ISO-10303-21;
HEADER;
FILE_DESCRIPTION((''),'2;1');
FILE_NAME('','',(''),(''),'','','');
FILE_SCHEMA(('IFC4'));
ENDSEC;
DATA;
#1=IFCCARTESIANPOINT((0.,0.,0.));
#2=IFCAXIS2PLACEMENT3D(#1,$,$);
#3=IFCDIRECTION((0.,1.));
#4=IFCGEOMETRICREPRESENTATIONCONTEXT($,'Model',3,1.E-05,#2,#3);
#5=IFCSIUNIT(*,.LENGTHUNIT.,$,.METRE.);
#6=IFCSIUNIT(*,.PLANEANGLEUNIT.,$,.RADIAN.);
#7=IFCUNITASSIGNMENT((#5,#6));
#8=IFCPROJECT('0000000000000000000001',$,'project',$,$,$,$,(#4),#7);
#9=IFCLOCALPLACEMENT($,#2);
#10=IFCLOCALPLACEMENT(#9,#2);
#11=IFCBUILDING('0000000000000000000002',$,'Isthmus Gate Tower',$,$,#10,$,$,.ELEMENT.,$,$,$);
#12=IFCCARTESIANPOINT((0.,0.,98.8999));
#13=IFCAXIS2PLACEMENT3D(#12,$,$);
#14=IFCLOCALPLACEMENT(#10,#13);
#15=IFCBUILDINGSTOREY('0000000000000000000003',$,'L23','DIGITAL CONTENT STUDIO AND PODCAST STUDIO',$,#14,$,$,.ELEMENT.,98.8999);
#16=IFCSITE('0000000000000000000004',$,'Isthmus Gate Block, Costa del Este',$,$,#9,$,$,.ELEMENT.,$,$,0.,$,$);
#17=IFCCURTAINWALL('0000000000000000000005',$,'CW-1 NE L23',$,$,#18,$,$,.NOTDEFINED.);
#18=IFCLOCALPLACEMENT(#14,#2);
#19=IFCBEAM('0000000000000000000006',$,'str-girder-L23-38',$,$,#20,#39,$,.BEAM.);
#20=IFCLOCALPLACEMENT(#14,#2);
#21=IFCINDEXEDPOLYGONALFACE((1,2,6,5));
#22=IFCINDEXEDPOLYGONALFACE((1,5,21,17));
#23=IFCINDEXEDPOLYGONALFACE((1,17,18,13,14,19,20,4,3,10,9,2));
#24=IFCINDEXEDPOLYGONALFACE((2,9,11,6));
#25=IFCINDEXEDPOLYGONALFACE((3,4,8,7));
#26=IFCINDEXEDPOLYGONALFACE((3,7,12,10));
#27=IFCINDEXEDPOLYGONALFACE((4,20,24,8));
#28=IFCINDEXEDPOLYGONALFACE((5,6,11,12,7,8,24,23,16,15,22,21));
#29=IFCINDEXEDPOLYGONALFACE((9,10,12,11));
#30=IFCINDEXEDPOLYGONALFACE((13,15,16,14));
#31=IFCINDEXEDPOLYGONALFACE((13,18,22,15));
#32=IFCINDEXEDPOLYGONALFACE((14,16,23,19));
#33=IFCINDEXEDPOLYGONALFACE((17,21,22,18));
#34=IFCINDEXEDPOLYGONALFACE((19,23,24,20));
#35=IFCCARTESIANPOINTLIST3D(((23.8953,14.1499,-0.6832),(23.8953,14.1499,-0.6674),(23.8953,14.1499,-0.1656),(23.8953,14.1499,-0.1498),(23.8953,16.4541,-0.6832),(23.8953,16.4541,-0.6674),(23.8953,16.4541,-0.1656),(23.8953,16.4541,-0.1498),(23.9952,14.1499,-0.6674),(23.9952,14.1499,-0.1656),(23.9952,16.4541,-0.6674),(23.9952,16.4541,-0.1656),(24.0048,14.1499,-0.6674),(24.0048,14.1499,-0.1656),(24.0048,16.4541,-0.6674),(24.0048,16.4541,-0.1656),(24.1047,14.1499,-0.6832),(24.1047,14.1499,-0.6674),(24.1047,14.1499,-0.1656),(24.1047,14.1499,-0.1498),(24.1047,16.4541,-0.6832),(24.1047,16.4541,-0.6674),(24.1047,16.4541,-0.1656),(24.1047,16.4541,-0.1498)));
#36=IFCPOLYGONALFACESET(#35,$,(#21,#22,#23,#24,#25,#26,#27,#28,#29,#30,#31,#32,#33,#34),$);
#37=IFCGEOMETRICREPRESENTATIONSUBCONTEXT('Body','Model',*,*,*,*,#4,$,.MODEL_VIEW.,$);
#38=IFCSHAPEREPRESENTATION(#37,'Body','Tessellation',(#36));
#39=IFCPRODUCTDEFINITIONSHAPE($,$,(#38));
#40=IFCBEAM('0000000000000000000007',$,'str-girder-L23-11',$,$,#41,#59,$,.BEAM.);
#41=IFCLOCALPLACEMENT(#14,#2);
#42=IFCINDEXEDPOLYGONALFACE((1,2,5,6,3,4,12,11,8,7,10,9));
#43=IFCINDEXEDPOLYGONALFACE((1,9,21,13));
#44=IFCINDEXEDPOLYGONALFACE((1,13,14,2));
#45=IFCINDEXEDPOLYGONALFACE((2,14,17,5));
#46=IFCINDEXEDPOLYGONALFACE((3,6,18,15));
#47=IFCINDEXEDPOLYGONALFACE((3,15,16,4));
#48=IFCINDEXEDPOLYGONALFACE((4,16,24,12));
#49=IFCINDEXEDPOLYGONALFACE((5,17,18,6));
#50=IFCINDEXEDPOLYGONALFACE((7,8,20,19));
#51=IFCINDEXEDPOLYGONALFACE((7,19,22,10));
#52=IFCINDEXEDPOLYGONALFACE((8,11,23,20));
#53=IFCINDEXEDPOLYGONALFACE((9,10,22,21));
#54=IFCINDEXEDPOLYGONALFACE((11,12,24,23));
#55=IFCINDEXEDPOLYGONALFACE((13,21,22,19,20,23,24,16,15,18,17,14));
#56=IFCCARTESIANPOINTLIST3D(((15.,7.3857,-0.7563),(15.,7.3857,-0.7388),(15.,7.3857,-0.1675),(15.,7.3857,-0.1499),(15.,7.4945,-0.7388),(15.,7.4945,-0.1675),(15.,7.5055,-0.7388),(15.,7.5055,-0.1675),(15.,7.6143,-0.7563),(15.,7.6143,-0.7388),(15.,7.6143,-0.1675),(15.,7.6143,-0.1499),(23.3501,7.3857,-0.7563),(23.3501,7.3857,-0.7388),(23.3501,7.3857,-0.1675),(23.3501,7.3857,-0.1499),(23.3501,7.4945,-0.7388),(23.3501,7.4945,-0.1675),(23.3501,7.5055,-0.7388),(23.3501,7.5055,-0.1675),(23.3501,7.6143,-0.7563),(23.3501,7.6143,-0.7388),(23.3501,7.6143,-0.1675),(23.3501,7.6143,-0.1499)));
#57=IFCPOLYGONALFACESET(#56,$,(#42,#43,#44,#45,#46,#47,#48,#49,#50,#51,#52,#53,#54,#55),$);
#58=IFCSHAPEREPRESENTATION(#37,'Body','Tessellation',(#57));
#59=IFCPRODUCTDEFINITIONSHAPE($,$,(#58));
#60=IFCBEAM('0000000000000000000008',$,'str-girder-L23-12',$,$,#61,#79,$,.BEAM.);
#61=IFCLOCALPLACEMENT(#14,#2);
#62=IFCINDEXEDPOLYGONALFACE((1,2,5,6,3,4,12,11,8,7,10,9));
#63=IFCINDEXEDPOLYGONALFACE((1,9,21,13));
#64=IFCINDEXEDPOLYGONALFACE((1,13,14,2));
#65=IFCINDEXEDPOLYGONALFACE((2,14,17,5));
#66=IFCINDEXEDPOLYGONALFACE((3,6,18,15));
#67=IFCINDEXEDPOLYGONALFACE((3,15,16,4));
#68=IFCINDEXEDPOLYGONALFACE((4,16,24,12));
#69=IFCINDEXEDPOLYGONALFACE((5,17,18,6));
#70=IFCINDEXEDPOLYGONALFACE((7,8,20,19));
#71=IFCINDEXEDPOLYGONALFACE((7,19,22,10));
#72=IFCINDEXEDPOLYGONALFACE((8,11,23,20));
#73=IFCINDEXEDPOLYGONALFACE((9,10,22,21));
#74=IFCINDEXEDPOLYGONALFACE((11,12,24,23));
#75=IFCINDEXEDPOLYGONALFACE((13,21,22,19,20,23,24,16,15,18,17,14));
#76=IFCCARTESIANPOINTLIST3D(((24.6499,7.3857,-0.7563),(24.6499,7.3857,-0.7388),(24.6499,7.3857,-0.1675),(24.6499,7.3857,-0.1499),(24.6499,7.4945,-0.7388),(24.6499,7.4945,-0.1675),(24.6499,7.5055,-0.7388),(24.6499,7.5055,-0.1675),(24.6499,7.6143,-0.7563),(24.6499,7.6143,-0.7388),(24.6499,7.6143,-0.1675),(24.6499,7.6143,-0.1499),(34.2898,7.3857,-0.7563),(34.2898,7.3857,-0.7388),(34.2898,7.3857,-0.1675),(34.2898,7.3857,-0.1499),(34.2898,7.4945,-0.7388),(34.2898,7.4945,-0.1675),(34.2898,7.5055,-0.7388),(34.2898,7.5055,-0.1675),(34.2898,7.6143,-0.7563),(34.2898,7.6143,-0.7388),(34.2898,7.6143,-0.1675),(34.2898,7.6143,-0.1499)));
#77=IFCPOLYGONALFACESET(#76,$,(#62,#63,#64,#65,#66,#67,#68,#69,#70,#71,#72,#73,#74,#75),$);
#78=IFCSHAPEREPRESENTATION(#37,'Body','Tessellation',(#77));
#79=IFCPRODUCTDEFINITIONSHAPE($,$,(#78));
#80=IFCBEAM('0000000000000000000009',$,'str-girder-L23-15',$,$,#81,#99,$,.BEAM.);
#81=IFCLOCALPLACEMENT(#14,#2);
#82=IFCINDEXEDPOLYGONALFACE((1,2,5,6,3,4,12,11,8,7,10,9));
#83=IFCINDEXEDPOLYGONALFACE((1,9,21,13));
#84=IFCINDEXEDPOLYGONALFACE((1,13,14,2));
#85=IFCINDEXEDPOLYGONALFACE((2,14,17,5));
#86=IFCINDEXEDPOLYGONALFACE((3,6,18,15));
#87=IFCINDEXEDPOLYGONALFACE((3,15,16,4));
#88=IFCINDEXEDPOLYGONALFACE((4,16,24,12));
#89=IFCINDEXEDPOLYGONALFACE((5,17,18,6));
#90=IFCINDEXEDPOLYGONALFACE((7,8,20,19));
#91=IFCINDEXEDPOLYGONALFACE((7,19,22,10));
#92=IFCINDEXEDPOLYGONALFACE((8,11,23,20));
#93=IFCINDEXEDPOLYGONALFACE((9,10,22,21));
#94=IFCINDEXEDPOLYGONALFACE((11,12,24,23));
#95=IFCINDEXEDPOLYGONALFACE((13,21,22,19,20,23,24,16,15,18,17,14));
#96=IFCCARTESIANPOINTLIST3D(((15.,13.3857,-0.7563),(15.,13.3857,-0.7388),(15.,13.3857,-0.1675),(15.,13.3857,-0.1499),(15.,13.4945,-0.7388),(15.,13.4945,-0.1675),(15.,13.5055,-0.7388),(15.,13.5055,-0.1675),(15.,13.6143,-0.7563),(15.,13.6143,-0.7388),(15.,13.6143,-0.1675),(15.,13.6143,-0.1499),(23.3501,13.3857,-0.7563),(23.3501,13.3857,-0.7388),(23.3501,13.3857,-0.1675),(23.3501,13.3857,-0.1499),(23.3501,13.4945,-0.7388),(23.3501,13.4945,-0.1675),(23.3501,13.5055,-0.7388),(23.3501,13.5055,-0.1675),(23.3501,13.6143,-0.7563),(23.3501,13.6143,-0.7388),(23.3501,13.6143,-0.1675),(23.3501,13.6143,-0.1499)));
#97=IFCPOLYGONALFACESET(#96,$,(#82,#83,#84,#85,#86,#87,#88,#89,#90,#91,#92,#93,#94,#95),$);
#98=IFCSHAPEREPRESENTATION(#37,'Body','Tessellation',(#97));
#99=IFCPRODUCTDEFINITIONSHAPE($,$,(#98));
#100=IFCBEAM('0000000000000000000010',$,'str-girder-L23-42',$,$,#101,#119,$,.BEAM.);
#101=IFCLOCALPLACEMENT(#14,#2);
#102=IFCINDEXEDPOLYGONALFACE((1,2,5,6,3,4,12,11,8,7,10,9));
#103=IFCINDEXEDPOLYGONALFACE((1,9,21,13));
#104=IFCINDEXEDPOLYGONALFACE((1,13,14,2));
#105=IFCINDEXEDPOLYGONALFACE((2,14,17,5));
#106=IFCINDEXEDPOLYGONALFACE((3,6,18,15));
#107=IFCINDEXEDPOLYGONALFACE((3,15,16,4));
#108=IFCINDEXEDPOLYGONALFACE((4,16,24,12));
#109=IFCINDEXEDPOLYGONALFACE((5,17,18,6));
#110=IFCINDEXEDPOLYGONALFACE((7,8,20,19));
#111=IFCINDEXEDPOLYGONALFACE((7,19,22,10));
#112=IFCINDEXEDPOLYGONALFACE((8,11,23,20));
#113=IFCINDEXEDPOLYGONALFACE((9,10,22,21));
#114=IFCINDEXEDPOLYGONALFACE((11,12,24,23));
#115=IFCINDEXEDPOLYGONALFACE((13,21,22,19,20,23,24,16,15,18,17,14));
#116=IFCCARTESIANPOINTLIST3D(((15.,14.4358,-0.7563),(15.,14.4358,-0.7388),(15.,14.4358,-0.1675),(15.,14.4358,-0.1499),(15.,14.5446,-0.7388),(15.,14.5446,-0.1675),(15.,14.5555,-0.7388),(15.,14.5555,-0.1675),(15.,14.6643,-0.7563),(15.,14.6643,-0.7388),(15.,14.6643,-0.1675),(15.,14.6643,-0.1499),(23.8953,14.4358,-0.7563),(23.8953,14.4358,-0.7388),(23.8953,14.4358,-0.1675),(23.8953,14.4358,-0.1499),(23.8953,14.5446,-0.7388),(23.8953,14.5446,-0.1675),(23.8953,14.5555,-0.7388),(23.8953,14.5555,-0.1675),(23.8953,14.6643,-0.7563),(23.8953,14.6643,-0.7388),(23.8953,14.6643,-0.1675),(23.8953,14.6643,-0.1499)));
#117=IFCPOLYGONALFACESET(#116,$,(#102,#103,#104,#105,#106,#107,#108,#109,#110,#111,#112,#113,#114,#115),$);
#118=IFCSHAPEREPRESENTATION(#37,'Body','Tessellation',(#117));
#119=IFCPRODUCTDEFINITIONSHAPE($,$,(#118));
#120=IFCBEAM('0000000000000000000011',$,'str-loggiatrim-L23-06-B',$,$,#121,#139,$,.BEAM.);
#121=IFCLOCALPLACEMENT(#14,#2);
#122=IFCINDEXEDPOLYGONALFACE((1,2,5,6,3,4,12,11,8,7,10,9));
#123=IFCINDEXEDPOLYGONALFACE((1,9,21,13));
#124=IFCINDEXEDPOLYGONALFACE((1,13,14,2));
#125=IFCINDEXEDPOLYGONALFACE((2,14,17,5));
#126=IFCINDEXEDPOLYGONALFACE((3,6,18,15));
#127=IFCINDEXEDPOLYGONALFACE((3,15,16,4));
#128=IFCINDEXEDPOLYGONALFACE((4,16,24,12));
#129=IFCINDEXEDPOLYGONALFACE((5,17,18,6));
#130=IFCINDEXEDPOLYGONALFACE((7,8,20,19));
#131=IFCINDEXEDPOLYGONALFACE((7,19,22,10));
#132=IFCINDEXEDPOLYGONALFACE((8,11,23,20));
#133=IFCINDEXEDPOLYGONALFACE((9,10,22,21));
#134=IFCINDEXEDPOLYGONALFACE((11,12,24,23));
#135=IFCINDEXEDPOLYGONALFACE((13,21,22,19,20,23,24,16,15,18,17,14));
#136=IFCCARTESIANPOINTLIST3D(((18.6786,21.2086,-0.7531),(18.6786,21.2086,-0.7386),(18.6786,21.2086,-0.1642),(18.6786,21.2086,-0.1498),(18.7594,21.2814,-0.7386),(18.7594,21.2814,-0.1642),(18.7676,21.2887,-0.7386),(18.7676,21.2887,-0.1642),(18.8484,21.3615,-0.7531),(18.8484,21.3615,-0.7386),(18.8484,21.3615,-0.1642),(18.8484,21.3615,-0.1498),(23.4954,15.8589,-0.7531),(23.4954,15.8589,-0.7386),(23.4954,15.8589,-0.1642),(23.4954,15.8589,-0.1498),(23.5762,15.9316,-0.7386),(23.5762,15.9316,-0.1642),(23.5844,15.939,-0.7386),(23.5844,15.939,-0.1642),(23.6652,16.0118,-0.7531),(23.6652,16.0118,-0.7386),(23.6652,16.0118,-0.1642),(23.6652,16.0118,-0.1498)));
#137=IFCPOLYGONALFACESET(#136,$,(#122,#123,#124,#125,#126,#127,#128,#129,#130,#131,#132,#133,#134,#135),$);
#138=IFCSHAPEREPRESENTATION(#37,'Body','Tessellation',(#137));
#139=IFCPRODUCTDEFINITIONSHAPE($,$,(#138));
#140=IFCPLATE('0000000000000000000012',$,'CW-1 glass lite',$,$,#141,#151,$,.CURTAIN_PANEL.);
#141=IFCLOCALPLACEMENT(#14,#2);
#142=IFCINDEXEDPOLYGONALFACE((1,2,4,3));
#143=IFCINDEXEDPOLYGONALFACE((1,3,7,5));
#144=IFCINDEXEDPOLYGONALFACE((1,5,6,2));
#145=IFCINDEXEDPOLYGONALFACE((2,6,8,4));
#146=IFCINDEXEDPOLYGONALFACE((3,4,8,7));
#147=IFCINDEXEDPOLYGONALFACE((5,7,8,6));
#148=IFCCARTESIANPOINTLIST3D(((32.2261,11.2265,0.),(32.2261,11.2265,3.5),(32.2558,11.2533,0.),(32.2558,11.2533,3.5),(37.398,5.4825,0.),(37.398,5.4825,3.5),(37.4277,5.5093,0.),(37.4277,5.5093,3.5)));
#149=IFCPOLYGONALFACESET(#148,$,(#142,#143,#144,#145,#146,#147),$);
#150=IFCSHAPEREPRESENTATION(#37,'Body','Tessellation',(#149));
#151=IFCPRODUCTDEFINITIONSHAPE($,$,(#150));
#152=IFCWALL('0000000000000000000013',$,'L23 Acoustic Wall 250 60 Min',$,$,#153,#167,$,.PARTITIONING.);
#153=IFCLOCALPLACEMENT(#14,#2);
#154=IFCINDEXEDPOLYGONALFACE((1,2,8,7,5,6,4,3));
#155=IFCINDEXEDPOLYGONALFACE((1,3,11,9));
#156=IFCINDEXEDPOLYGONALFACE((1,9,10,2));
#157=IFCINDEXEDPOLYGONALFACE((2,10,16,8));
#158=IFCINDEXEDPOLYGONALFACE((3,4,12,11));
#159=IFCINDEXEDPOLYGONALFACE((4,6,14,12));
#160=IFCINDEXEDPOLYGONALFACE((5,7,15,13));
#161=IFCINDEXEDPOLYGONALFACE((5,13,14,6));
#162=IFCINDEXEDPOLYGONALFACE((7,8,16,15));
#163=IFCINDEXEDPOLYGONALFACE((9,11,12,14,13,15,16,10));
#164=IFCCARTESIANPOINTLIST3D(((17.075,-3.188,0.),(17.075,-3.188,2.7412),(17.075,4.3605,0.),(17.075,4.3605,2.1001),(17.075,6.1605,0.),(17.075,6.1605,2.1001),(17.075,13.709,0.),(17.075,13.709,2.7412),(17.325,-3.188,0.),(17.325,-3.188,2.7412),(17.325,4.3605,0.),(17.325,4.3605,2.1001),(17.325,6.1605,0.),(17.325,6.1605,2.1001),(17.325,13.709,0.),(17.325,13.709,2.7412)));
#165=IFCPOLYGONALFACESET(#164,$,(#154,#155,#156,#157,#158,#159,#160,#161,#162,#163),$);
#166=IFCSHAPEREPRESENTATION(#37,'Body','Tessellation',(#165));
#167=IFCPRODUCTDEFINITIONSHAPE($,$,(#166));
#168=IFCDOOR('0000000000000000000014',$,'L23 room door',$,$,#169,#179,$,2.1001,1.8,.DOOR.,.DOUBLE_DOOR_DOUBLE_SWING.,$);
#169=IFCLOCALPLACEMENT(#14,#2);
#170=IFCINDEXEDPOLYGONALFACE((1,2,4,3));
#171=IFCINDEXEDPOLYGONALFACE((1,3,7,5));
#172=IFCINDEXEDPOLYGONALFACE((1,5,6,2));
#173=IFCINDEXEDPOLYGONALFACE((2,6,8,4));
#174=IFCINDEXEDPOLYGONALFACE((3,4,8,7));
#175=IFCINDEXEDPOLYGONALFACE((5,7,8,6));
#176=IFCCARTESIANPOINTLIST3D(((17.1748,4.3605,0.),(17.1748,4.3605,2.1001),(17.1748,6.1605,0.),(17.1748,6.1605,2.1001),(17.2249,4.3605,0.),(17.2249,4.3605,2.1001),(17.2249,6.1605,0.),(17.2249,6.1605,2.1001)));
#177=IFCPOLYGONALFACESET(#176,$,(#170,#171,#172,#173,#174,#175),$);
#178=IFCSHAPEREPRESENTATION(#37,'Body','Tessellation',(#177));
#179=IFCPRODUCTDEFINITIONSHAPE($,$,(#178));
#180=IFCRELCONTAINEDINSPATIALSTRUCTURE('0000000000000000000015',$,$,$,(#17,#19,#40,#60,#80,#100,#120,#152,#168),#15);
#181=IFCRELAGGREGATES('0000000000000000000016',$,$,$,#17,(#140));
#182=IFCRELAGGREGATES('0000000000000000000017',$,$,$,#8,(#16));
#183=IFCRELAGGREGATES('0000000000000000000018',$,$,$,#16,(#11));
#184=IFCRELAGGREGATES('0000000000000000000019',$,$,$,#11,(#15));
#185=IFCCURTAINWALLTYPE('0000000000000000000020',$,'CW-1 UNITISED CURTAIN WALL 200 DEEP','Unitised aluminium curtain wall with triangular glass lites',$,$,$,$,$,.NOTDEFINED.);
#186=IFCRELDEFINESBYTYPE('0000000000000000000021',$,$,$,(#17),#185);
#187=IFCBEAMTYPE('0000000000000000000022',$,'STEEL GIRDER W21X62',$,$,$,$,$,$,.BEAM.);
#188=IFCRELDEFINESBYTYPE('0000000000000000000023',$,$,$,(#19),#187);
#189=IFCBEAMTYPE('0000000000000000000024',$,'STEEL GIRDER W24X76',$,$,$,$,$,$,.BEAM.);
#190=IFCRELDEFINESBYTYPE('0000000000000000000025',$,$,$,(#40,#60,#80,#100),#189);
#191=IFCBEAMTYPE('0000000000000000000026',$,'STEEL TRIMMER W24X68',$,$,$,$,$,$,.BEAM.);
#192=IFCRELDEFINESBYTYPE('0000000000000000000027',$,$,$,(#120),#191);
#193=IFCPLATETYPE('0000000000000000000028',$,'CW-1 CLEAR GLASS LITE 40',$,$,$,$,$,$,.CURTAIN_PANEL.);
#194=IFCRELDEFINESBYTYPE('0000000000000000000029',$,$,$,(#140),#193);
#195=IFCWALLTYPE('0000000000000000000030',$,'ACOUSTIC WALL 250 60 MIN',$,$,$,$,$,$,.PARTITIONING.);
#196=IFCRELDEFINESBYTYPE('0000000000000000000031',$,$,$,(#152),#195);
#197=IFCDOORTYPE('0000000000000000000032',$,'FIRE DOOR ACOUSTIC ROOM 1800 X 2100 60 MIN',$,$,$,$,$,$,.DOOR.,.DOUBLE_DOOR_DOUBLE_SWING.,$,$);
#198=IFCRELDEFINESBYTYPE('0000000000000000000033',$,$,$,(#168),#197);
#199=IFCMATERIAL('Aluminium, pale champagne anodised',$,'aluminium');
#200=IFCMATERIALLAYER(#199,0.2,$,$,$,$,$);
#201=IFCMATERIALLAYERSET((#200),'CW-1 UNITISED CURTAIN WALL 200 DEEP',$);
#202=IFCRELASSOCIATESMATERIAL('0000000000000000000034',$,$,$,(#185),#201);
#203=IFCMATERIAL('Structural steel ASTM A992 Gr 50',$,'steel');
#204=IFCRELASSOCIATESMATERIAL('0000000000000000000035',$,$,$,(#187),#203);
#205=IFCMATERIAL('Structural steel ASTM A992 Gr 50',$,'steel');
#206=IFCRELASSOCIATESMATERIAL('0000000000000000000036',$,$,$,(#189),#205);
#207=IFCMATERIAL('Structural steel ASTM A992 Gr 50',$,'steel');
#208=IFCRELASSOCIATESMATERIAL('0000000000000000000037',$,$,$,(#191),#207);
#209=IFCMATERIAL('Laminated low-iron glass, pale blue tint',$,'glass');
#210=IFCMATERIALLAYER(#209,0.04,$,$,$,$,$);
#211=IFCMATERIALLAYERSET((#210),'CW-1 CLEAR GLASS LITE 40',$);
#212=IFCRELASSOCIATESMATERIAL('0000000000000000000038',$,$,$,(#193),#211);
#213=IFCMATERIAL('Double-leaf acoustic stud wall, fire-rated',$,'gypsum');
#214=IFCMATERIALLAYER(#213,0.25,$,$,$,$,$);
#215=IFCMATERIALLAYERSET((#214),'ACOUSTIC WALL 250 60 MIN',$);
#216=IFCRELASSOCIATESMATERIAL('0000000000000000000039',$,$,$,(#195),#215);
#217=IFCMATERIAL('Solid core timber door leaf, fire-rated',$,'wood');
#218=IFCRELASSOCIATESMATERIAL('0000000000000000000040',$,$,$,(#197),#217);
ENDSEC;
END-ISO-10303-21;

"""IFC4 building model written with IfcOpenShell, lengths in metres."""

from ifc_helpers import new_model, si_unit, direction, frame, frame_2d, origin, origin_2d, place, context, subcontext, project, spatial, rectangle, i_section, extrude, material, layer, layer_set, material_profile, profile_set, type_object, element, fill, aggregate, save


model = new_model("IFC4")

# Units and contexts
model_context = context("Model", 3, precision=1e-05, world=origin(), true_north=direction((0.0, 1.0)))
body_context = subcontext(model_context, "Body", "Model", "MODEL_VIEW")
ifc_project = project(units=[si_unit("LENGTHUNIT", "METRE"), si_unit("PLANEANGLEUNIT", "RADIAN")], contexts=[model_context])

# Site, building, storey
site_placement = place(None, origin())
site = spatial("IfcSite", under=ifc_project, at=site_placement, Name="Isthmus Gate Block, Costa del Este", CompositionType="ELEMENT", RefElevation=0.0)
building_placement = place(site_placement, origin())
building = spatial("IfcBuilding", under=site, at=building_placement, Name="Isthmus Gate Tower", CompositionType="ELEMENT")
storey_placement = place(building_placement, frame((0.0, 0.0, 98.8999)))
storey = spatial("IfcBuildingStorey", under=building, at=storey_placement, Name="L23", Description="DIGITAL CONTENT STUDIO AND PODCAST STUDIO", CompositionType="ELEMENT", Elevation=98.8999)

# Curtain wall
ifc_material_1 = material(Name="Aluminium, pale champagne anodised", Category="aluminium")
ifc_layer_1 = layer(ifc_material_1, 0.2)
ifc_layer_set_1 = layer_set([ifc_layer_1], Name="CW-1 UNITISED CURTAIN WALL 200 DEEP")
curtain_wall_type = type_object("IfcCurtainWallType", Name="CW-1 UNITISED CURTAIN WALL 200 DEEP", Description="Unitised aluminium curtain wall with triangular glass lites", PredefinedType="NOTDEFINED", material=ifc_layer_set_1)
curtain_wall_placement = place(storey_placement, origin())
curtain_wall = element("IfcCurtainWall", 1, at=curtain_wall_placement, inside=storey, type_object=curtain_wall_type, Name="CW-1 NE L23", PredefinedType="NOTDEFINED")

# Beams
ifc_material_2 = material(Name="Structural steel ASTM A992 Gr 50", Category="steel")
ifc_material_profile_1 = material_profile(ifc_material_2, i_section(OverallWidth=0.2095, OverallDepth=0.5334, WebThickness=0.0095, FlangeThickness=0.0159, at=origin_2d()), Name="W21X62")
ifc_profile_set_1 = profile_set([ifc_material_profile_1], Name="Structural steel ASTM A992 Gr 50")
beam_type_1 = type_object("IfcBeamType", Name="STEEL GIRDER W21X62", PredefinedType="BEAM", material=ifc_profile_set_1)
beam_1_placement = place(storey_placement, frame((24.0, 14.1499, -0.4165), z_axis=(0.0, 1.0, 0.0), x_axis=(-1.0, 0.0, 0.0)))
element("IfcBeam", 2, at=beam_1_placement, inside=storey, type_object=beam_type_1, Name="str-girder-L23-38", PredefinedType="BEAM", context=body_context, shape_type="SweptSolid", body=[
    extrude(i_section(OverallWidth=0.2095, OverallDepth=0.5334, WebThickness=0.0095, FlangeThickness=0.0159, at=origin_2d()), origin(), (0.0, 0.0, 1.0), 2.3042),
])
ifc_material_3 = material(Name="Structural steel ASTM A992 Gr 50", Category="steel")
ifc_material_profile_2 = material_profile(ifc_material_3, i_section(OverallWidth=0.2285, OverallDepth=0.6064, WebThickness=0.011, FlangeThickness=0.0176, at=origin_2d()), Name="W24X76")
ifc_profile_set_2 = profile_set([ifc_material_profile_2], Name="Structural steel ASTM A992 Gr 50")
beam_type_2 = type_object("IfcBeamType", Name="STEEL GIRDER W24X76", PredefinedType="BEAM", material=ifc_profile_set_2)
beam_2_placement = place(storey_placement, frame((15.0, 7.5, -0.4531), z_axis=(1.0, 0.0, 0.0), x_axis=(0.0, 1.0, 0.0)))
element("IfcBeam", 3, at=beam_2_placement, inside=storey, type_object=beam_type_2, Name="str-girder-L23-11", PredefinedType="BEAM", context=body_context, shape_type="SweptSolid", body=[
    extrude(i_section(OverallWidth=0.2285, OverallDepth=0.6064, WebThickness=0.011, FlangeThickness=0.0176, at=origin_2d()), origin(), (0.0, 0.0, 1.0), 8.3501),
])
beam_3_placement = place(storey_placement, frame((24.6499, 7.5, -0.4531), z_axis=(1.0, 0.0, 0.0), x_axis=(0.0, 1.0, 0.0)))
element("IfcBeam", 4, at=beam_3_placement, inside=storey, type_object=beam_type_2, Name="str-girder-L23-12", PredefinedType="BEAM", context=body_context, shape_type="SweptSolid", body=[
    extrude(i_section(OverallWidth=0.2285, OverallDepth=0.6064, WebThickness=0.011, FlangeThickness=0.0176, at=origin_2d()), origin(), (0.0, 0.0, 1.0), 9.6399),
])
beam_4_placement = place(storey_placement, frame((15.0, 13.5, -0.4531), z_axis=(1.0, 0.0, 0.0), x_axis=(0.0, 1.0, 0.0)))
element("IfcBeam", 5, at=beam_4_placement, inside=storey, type_object=beam_type_2, Name="str-girder-L23-15", PredefinedType="BEAM", context=body_context, shape_type="SweptSolid", body=[
    extrude(i_section(OverallWidth=0.2285, OverallDepth=0.6064, WebThickness=0.011, FlangeThickness=0.0176, at=origin_2d()), origin(), (0.0, 0.0, 1.0), 8.3501),
])
beam_5_placement = place(storey_placement, frame((15.0, 14.55, -0.4531), z_axis=(1.0, 0.0, 0.0), x_axis=(0.0, 1.0, 0.0)))
element("IfcBeam", 6, at=beam_5_placement, inside=storey, type_object=beam_type_2, Name="str-girder-L23-42", PredefinedType="BEAM", context=body_context, shape_type="SweptSolid", body=[
    extrude(i_section(OverallWidth=0.2285, OverallDepth=0.6064, WebThickness=0.011, FlangeThickness=0.0176, at=origin_2d()), origin(), (0.0, 0.0, 1.0), 8.8953),
])
ifc_material_4 = material(Name="Structural steel ASTM A992 Gr 50", Category="steel")
ifc_material_profile_3 = material_profile(ifc_material_4, i_section(OverallWidth=0.2285, OverallDepth=0.6033, WebThickness=0.011, FlangeThickness=0.0144, at=origin_2d()), Name="W24X68")
ifc_profile_set_3 = profile_set([ifc_material_profile_3], Name="Structural steel ASTM A992 Gr 50")
beam_type_3 = type_object("IfcBeamType", Name="STEEL TRIMMER W24X68", PredefinedType="BEAM", material=ifc_profile_set_3)
beam_6_placement = place(storey_placement, frame((23.5803, 15.9353, -0.4514), z_axis=(-0.66912, 0.743154, 0.0), x_axis=(-0.743154, -0.66912, 0.0)))
element("IfcBeam", 7, at=beam_6_placement, inside=storey, type_object=beam_type_3, Name="str-loggiatrim-L23-06-B", PredefinedType="BEAM", context=body_context, shape_type="SweptSolid", body=[
    extrude(i_section(OverallWidth=0.2285, OverallDepth=0.6033, WebThickness=0.011, FlangeThickness=0.0144, at=origin_2d()), origin(), (0.0, 0.0, 1.0), 7.1987),
])

# Plate
ifc_material_5 = material(Name="Laminated low-iron glass, pale blue tint", Category="glass")
ifc_layer_2 = layer(ifc_material_5, 0.04)
ifc_layer_set_2 = layer_set([ifc_layer_2], Name="CW-1 CLEAR GLASS LITE 40")
plate_type = type_object("IfcPlateType", Name="CW-1 CLEAR GLASS LITE 40", PredefinedType="CURTAIN_PANEL", material=ifc_layer_set_2)
plate_placement = place(storey_placement, frame((34.8269, 8.3679, 0.0), z_axis=(0.0, 0.0, 1.0), x_axis=(-0.669131, 0.743145, 0.0)))
plate = element("IfcPlate", 8, at=plate_placement, type_object=plate_type, Name="CW-1 glass lite", PredefinedType="CURTAIN_PANEL", context=body_context, shape_type="SweptSolid", body=[
    extrude(rectangle(XDim=7.7292, YDim=0.04, at=origin_2d()), origin(), (0.0, 0.0, 1.0), 3.5),
])

# Wall, opening, door
ifc_material_6 = material(Name="Double-leaf acoustic stud wall, fire-rated", Category="gypsum")
ifc_layer_3 = layer(ifc_material_6, 0.25)
ifc_layer_set_3 = layer_set([ifc_layer_3], Name="ACOUSTIC WALL 250 60 MIN")
wall_type = type_object("IfcWallType", Name="ACOUSTIC WALL 250 60 MIN", PredefinedType="PARTITIONING", material=ifc_layer_set_3)
wall_1_placement = place(storey_placement, frame((17.2, 13.709, 0.0), z_axis=(0.0, 0.0, 1.0), x_axis=(0.0, -1.0, 0.0)))
wall_1 = element("IfcWall", 9, at=wall_1_placement, inside=storey, type_object=wall_type, Name="L23 Acoustic Wall 250 60 Min", PredefinedType="PARTITIONING", context=body_context, shape_type="SweptSolid", body=[
    extrude(rectangle(XDim=16.897, YDim=0.25, at=frame_2d((8.4485, 0.0))), origin(), (0.0, 0.0, 1.0), 2.7412),
])
opening_placement = place(wall_1_placement, frame((7.5486, 0.0, 0.0)))
opening = element("IfcOpeningElement", 10, at=opening_placement, cuts=wall_1, PredefinedType="OPENING", context=body_context, shape_type="SweptSolid", body=[
    extrude(rectangle(XDim=1.8, YDim=2.1001, at=frame_2d((0.8999, 1.05))), frame((0.0, 0.135, 0.0), z_axis=(0.0, -1.0, 0.0), x_axis=(1.0, 0.0, 0.0)), (0.0, 0.0, 1.0), 0.27),
])
ifc_material_7 = material(Name="Solid core timber door leaf, fire-rated", Category="wood")
door_type = type_object("IfcDoorType", Name="FIRE DOOR ACOUSTIC ROOM 1800 X 2100 60 MIN", OperationType="DOUBLE_DOOR_DOUBLE_SWING", PredefinedType="DOOR", material=ifc_material_7)
door_placement = place(opening_placement, origin())
door = element("IfcDoor", 11, at=door_placement, inside=storey, type_object=door_type, Name="L23 room door", OperationType="DOUBLE_DOOR_DOUBLE_SWING", OverallHeight=2.1001, OverallWidth=1.8, PredefinedType="DOOR", context=body_context, shape_type="SweptSolid", body=[
    extrude(rectangle(XDim=1.8, YDim=2.1001, at=frame_2d((0.8999, 1.05))), frame((0.0, 0.0249, 0.0), z_axis=(0.0, -1.0, 0.0), x_axis=(1.0, 0.0, 0.0)), (0.0, 0.0, 1.0), 0.05),
])
fill(opening, door)

aggregate(curtain_wall, [plate])

save(model, "model.ifc")
